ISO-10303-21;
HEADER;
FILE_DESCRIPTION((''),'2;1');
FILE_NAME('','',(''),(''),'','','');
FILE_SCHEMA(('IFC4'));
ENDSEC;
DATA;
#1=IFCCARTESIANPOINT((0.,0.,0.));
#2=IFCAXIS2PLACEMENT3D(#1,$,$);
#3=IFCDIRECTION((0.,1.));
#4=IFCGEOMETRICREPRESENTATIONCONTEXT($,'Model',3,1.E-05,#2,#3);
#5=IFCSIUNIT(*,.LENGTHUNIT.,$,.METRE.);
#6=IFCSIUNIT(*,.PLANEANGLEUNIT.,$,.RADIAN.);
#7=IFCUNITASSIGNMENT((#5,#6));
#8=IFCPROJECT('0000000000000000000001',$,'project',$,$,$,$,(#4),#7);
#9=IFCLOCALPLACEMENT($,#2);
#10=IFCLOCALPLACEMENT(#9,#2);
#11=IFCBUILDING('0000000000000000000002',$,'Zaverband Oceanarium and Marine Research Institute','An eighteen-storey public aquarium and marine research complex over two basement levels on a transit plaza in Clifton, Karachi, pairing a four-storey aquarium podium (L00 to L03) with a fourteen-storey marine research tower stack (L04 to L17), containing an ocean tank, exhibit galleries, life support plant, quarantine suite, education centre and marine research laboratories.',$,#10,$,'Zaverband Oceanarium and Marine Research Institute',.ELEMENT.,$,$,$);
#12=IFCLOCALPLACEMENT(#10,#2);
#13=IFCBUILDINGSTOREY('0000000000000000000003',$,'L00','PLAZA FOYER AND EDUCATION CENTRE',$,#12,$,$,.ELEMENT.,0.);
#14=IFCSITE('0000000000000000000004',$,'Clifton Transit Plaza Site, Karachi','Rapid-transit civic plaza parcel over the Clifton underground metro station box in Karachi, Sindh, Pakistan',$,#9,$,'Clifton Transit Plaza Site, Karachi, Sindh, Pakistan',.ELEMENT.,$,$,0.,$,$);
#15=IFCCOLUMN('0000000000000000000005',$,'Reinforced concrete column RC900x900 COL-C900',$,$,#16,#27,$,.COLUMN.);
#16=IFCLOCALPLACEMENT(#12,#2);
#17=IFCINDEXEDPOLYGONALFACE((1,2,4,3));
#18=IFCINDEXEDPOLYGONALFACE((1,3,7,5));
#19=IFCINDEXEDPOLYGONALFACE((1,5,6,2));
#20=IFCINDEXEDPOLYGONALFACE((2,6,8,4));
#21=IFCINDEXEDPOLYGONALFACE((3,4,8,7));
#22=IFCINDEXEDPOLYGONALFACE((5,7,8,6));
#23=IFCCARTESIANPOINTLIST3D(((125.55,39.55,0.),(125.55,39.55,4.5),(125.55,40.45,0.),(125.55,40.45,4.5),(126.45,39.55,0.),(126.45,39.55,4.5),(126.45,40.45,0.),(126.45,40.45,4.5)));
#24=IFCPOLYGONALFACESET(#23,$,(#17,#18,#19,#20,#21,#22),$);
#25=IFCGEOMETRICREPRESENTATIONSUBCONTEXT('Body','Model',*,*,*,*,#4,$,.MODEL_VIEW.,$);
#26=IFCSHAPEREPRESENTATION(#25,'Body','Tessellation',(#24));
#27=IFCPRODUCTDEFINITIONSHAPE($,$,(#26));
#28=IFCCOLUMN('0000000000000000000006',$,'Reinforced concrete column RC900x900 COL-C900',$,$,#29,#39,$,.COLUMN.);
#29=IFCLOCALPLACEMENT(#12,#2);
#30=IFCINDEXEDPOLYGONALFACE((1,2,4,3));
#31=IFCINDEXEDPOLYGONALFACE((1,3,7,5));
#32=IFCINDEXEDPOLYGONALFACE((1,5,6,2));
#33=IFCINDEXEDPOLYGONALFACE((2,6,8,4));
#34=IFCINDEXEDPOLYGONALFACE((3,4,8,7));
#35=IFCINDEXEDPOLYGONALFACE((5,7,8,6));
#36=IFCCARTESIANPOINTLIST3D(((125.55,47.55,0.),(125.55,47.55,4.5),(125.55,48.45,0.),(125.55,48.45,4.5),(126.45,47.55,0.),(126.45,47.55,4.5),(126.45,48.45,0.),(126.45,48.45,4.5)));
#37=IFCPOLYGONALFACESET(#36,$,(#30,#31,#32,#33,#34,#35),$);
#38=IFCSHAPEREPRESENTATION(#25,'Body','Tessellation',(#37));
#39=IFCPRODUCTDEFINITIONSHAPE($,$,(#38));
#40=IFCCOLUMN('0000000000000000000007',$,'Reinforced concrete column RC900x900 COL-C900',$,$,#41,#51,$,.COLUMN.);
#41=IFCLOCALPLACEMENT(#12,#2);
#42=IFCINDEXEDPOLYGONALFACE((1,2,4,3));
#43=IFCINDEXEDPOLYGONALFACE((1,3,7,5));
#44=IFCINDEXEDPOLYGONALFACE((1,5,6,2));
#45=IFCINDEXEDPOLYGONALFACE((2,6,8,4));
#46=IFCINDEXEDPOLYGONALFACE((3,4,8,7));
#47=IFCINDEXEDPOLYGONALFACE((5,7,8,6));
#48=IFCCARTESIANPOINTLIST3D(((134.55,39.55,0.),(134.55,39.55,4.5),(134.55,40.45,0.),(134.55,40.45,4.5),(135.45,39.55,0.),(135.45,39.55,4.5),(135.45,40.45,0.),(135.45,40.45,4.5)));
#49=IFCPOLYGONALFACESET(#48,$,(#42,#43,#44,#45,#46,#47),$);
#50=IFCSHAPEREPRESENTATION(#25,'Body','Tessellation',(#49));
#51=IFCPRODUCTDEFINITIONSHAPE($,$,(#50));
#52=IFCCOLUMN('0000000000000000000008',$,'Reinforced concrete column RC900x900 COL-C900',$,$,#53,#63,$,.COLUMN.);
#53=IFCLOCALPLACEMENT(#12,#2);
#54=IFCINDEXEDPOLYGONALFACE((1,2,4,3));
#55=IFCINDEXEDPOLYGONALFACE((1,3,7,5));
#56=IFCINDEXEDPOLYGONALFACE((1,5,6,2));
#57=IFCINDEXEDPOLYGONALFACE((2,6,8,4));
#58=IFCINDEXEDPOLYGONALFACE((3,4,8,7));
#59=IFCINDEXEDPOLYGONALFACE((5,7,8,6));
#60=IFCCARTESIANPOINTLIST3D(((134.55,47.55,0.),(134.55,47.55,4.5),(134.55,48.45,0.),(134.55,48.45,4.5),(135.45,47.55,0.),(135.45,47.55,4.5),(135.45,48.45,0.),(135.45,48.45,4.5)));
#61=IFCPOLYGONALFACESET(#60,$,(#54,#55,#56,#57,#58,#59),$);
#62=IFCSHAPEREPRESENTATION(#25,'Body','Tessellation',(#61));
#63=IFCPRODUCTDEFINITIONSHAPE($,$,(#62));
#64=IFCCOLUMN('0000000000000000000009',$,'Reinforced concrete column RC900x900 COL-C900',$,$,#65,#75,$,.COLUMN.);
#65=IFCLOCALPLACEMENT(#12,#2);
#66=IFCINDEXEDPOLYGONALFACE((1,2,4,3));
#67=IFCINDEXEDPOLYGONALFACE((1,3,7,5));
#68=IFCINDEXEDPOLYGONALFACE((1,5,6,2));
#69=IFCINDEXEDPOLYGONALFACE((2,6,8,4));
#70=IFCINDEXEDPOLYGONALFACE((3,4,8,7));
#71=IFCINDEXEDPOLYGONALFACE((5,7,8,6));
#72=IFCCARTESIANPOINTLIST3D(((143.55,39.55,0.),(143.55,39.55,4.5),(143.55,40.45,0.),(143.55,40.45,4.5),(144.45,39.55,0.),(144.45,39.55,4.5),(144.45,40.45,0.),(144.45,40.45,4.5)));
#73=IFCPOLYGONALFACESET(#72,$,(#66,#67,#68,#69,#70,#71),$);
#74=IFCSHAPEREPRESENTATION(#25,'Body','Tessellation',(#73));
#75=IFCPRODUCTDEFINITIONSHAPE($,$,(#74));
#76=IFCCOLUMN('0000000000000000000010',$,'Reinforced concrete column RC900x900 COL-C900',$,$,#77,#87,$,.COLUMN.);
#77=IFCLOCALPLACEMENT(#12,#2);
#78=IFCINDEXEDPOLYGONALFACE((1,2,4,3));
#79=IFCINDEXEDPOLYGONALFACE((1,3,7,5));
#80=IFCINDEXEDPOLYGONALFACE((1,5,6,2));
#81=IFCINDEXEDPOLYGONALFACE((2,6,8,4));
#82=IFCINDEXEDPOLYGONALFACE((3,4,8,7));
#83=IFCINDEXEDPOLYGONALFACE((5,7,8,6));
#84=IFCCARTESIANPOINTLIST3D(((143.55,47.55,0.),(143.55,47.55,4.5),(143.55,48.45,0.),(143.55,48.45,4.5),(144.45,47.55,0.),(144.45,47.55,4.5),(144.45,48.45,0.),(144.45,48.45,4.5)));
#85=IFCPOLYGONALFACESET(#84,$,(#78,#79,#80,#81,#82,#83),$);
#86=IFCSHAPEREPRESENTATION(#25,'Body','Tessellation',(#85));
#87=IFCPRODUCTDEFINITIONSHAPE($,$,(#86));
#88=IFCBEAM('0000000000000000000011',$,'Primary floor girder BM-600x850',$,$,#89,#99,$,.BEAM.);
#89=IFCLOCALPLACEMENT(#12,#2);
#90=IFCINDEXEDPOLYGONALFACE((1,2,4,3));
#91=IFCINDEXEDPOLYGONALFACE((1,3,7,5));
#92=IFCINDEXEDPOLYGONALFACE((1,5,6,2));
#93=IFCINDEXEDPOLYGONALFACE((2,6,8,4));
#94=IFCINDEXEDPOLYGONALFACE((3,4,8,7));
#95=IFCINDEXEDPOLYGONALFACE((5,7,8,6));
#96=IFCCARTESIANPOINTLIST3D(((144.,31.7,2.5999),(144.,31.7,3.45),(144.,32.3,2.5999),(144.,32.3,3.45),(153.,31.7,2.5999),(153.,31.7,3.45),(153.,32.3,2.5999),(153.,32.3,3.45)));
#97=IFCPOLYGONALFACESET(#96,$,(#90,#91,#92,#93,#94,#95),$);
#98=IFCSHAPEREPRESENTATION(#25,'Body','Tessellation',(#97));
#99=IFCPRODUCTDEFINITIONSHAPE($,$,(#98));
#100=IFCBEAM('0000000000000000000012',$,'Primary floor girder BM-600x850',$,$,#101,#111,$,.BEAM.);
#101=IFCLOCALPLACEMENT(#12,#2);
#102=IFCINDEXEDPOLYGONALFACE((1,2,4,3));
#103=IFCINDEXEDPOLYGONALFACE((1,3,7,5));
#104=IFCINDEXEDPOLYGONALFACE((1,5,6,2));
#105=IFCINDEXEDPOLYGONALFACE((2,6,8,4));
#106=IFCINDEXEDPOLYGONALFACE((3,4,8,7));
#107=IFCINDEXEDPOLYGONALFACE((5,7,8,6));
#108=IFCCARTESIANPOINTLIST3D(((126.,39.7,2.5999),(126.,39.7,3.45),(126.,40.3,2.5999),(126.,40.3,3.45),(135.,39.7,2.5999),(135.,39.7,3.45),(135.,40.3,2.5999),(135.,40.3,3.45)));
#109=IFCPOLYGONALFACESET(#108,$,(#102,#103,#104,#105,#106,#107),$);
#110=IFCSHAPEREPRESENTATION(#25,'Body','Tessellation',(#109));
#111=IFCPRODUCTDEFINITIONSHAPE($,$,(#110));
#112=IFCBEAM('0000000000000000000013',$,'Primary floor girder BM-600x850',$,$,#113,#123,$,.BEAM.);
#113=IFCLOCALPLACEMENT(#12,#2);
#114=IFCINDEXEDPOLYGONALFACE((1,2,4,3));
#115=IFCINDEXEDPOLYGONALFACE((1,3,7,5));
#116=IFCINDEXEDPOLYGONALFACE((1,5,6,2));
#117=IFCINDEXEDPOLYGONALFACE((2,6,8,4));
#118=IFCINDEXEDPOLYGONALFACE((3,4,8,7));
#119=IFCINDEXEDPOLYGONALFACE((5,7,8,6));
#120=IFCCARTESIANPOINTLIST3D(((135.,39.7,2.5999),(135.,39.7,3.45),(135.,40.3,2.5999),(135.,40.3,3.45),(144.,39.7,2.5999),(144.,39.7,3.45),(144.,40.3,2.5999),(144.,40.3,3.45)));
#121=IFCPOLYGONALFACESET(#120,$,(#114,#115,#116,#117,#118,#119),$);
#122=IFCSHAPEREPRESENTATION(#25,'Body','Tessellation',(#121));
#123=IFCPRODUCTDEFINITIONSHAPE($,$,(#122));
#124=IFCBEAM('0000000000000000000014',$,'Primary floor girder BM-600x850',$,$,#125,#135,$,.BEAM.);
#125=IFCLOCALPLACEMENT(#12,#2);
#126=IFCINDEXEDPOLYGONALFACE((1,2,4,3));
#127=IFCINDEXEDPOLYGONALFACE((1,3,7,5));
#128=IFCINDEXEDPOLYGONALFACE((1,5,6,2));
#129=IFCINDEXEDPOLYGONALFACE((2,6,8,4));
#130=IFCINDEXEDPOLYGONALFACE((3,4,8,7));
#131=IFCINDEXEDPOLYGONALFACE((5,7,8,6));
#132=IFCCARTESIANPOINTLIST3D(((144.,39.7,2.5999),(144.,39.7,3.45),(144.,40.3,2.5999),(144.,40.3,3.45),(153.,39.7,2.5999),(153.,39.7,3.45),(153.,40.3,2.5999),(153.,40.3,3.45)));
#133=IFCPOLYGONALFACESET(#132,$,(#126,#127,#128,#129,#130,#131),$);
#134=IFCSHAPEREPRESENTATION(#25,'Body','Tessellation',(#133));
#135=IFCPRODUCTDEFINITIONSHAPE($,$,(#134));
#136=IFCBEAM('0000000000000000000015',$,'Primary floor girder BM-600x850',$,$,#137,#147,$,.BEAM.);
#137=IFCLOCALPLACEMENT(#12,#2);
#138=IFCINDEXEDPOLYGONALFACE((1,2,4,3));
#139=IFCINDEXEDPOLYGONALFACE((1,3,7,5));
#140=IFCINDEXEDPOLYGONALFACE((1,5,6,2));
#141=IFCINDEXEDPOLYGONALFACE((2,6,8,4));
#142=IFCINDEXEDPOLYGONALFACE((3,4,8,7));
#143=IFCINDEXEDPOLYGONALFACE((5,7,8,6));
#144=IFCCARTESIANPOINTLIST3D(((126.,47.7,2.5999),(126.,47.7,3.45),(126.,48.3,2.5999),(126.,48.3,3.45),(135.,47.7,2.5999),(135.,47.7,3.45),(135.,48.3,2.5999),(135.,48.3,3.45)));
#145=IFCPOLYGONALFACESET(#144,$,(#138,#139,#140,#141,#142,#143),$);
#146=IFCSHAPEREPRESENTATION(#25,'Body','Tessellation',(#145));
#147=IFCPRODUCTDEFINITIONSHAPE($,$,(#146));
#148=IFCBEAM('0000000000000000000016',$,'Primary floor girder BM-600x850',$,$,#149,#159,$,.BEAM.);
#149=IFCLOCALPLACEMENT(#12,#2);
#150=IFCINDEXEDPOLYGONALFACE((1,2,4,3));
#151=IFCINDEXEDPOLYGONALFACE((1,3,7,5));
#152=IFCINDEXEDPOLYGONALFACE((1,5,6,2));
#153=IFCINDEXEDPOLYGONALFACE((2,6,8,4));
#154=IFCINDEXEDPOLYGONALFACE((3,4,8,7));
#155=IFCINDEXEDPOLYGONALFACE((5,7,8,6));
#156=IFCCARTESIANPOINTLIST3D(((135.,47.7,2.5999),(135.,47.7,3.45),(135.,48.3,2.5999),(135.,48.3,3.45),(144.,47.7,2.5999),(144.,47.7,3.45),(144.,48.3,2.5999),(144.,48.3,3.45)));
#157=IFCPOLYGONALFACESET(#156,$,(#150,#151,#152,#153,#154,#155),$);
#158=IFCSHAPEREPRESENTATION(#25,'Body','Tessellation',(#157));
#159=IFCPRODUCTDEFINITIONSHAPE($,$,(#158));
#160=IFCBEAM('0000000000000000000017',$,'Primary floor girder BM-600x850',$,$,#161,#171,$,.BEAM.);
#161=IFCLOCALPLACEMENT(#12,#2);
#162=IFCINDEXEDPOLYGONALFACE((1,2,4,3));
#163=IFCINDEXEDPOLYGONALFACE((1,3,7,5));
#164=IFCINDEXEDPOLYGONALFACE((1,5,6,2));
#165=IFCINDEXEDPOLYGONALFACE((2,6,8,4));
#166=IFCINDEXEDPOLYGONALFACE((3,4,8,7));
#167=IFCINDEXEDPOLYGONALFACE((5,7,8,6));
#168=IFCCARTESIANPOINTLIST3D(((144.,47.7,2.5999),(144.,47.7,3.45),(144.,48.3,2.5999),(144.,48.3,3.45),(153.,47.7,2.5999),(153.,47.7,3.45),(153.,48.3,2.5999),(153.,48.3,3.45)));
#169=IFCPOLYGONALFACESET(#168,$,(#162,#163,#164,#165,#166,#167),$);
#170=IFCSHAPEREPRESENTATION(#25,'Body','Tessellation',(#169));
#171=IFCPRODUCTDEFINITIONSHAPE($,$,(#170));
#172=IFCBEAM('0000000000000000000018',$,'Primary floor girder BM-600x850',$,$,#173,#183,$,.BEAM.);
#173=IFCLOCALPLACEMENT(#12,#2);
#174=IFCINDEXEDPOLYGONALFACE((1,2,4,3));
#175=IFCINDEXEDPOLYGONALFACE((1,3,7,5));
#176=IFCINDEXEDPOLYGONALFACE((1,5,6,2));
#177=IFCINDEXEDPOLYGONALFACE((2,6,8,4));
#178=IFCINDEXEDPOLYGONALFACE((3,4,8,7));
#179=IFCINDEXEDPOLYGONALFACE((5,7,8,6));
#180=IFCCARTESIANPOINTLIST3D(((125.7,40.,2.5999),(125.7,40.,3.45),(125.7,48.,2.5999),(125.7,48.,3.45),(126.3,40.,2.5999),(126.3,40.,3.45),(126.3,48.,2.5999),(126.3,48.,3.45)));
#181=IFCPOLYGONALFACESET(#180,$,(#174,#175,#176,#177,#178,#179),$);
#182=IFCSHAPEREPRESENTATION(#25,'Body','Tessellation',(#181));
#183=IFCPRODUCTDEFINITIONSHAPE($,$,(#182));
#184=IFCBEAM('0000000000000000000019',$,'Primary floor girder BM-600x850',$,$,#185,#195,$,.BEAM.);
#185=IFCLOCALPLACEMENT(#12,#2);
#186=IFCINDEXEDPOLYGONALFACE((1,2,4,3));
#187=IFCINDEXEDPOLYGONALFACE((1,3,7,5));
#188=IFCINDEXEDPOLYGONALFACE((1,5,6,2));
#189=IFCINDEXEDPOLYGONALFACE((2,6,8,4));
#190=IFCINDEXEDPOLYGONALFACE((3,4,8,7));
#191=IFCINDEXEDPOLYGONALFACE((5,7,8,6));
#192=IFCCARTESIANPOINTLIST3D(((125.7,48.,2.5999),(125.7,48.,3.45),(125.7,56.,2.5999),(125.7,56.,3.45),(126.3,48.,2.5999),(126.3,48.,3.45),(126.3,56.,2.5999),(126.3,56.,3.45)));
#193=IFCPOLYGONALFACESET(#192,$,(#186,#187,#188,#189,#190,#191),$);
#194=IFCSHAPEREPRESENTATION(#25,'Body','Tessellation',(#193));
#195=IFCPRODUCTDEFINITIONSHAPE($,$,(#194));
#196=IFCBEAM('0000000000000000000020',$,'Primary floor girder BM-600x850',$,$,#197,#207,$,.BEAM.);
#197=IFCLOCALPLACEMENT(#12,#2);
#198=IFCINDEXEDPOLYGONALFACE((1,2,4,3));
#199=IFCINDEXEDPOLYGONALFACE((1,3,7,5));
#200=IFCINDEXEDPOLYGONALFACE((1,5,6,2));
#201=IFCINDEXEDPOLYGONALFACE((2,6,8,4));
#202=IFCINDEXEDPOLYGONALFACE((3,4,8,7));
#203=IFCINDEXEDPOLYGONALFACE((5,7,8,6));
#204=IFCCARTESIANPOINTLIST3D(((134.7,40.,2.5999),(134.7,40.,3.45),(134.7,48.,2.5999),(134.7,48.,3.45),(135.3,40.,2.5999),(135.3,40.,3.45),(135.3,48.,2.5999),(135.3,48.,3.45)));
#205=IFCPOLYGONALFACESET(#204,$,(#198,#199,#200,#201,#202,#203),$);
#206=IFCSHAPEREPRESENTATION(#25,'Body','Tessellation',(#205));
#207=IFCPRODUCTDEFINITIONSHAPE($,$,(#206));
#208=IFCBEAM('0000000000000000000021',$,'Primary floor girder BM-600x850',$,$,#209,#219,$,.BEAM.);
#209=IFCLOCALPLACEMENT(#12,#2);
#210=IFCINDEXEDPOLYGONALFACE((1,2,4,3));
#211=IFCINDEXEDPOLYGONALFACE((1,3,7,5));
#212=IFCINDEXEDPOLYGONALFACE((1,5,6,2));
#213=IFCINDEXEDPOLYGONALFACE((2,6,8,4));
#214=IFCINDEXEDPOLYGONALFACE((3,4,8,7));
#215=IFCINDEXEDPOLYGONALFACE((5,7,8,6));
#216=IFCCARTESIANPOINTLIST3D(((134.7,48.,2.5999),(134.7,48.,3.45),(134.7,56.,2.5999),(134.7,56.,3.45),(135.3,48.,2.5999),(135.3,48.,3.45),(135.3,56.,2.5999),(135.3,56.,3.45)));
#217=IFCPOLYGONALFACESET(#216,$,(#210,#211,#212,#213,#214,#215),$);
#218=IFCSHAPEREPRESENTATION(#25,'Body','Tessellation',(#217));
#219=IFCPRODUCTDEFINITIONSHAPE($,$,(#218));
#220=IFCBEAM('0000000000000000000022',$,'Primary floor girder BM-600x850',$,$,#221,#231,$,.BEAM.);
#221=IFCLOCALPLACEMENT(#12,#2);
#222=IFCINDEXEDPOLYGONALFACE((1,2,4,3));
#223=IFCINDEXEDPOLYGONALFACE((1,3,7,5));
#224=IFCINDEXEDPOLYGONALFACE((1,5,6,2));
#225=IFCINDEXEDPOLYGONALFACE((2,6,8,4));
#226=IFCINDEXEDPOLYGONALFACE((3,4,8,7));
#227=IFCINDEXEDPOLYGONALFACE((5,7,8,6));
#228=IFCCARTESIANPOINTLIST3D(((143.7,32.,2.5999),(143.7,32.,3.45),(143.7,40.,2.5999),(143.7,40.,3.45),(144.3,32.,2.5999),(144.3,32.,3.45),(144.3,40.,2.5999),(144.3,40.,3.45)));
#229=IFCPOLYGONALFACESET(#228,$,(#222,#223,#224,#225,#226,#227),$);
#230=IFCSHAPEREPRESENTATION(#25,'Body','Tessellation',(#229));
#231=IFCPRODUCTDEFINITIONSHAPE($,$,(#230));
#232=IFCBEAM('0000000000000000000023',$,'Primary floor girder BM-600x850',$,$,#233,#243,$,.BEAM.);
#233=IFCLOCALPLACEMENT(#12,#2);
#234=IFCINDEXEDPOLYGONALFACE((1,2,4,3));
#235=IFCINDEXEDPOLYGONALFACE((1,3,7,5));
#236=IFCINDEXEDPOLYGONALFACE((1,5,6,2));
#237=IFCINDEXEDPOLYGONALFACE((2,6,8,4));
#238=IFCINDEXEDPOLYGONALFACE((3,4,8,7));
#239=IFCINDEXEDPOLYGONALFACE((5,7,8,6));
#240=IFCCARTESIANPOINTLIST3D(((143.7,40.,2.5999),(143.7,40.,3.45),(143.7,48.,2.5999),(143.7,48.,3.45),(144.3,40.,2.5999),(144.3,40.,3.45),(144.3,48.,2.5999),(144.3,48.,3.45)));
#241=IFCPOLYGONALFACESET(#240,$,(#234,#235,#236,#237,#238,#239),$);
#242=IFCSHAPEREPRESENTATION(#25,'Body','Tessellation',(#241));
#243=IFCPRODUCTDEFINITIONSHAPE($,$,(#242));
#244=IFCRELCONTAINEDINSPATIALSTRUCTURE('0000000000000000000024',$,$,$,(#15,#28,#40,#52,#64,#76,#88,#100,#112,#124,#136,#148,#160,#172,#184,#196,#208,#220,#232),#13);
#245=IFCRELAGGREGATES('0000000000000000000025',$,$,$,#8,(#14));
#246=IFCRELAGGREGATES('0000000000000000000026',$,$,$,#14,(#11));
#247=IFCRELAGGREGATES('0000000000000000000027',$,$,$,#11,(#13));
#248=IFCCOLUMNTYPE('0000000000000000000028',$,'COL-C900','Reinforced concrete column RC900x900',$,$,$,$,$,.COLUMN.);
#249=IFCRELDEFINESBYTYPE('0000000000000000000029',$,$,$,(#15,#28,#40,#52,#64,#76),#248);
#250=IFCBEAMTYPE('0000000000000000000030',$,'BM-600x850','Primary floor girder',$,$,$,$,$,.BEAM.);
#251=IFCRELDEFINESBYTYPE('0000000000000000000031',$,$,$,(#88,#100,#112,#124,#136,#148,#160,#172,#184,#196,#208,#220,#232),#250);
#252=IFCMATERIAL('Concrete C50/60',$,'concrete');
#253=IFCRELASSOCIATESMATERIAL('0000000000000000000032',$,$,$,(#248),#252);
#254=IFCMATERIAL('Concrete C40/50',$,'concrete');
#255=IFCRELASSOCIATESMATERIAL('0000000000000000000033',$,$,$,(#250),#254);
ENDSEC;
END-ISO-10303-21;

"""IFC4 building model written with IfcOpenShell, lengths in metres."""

from ifc_helpers import new_model, si_unit, direction, frame, origin, origin_2d, place, context, subcontext, project, spatial, rectangle, extrude, material, material_profile, profile_set, type_object, element, save


model = new_model("IFC4")

# Units and contexts
model_context = context("Model", 3, precision=1e-05, world=origin(), true_north=direction((0.0, 1.0)))
body_context = subcontext(model_context, "Body", "Model", "MODEL_VIEW")
ifc_project = project(units=[si_unit("LENGTHUNIT", "METRE"), si_unit("PLANEANGLEUNIT", "RADIAN")], contexts=[model_context])

# Site, building, storey
site_placement = place(None, origin())
site = spatial("IfcSite", under=ifc_project, at=site_placement, Name="Clifton Transit Plaza Site, Karachi", Description="Rapid-transit civic plaza parcel over the Clifton underground metro station box in Karachi, Sindh, Pakistan", LongName="Clifton Transit Plaza Site, Karachi, Sindh, Pakistan", CompositionType="ELEMENT", RefElevation=0.0)
building_placement = place(site_placement, origin())
building = spatial("IfcBuilding", under=site, at=building_placement, Name="Zaverband Oceanarium and Marine Research Institute", Description="An eighteen-storey public aquarium and marine research complex over two basement levels on a transit plaza in Clifton, Karachi, pairing a four-storey aquarium podium (L00 to L03) with a fourteen-storey marine research tower stack (L04 to L17), containing an ocean tank, exhibit galleries, life support plant, quarantine suite, education centre and marine research laboratories.", LongName="Zaverband Oceanarium and Marine Research Institute", CompositionType="ELEMENT")
storey_placement = place(building_placement, origin())
storey = spatial("IfcBuildingStorey", under=building, at=storey_placement, Name="L00", Description="PLAZA FOYER AND EDUCATION CENTRE", CompositionType="ELEMENT", Elevation=0.0)

# Columns
ifc_material_1 = material(Name="Concrete C50/60", Category="concrete")
ifc_material_profile_1 = material_profile(ifc_material_1, rectangle(XDim=0.8999, YDim=0.8999, at=origin_2d()), Name="RC900x900")
ifc_profile_set_1 = profile_set([ifc_material_profile_1], Name="Concrete C50/60")
column_type = type_object("IfcColumnType", Name="COL-C900", Description="Reinforced concrete column RC900x900", PredefinedType="COLUMN", material=ifc_profile_set_1)
for number, where, z_axis, x_axis, name in (
    (1, (126.0, 40.0, 0.0), (0.0, 0.0, 1.0), (1.0, 0.0, 0.0), "Reinforced concrete column RC900x900 COL-C900"),
    (2, (126.0, 48.0, 0.0), (0.0, 0.0, 1.0), (1.0, 0.0, 0.0), "Reinforced concrete column RC900x900 COL-C900"),
    (3, (135.0, 40.0, 0.0), (0.0, 0.0, 1.0), (1.0, 0.0, 0.0), "Reinforced concrete column RC900x900 COL-C900"),
    (4, (135.0, 48.0, 0.0), (0.0, 0.0, 1.0), (1.0, 0.0, 0.0), "Reinforced concrete column RC900x900 COL-C900"),
    (5, (144.0, 40.0, 0.0), (0.0, 0.0, 1.0), (1.0, 0.0, 0.0), "Reinforced concrete column RC900x900 COL-C900"),
    (6, (144.0, 48.0, 0.0), (0.0, 0.0, 1.0), (1.0, 0.0, 0.0), "Reinforced concrete column RC900x900 COL-C900"),
):
    element("IfcColumn", number, at=place(storey_placement, frame(where, z_axis=z_axis, x_axis=x_axis)), inside=storey, type_object=column_type, Name=name, PredefinedType="COLUMN", context=body_context, shape_type="SweptSolid", body=[
        extrude(rectangle(XDim=0.8999, YDim=0.8999, at=origin_2d()), origin(), (0.0, 0.0, 1.0), 4.5),
    ])

# Beams
ifc_material_2 = material(Name="Concrete C40/50", Category="concrete")
ifc_material_profile_2 = material_profile(ifc_material_2, rectangle(XDim=0.6001, YDim=0.8501, at=origin_2d()), Name="RC600x850")
ifc_profile_set_2 = profile_set([ifc_material_profile_2], Name="Concrete C40/50")
beam_type_1 = type_object("IfcBeamType", Name="BM-600x850", Description="Primary floor girder", PredefinedType="BEAM", material=ifc_profile_set_2)
for number, where, z_axis, x_axis, name in (
    (7, (144.0, 32.0, 3.0249), (1.0, 0.0, 0.0), (0.0, 1.0, 0.0), "Primary floor girder BM-600x850"),
    (8, (126.0, 40.0, 3.0249), (1.0, 0.0, 0.0), (0.0, 1.0, 0.0), "Primary floor girder BM-600x850"),
    (9, (135.0, 40.0, 3.0249), (1.0, 0.0, 0.0), (0.0, 1.0, 0.0), "Primary floor girder BM-600x850"),
    (10, (144.0, 40.0, 3.0249), (1.0, 0.0, 0.0), (0.0, 1.0, 0.0), "Primary floor girder BM-600x850"),
    (11, (126.0, 48.0, 3.0249), (1.0, 0.0, 0.0), (0.0, 1.0, 0.0), "Primary floor girder BM-600x850"),
    (12, (135.0, 48.0, 3.0249), (1.0, 0.0, 0.0), (0.0, 1.0, 0.0), "Primary floor girder BM-600x850"),
    (13, (144.0, 48.0, 3.0249), (1.0, 0.0, 0.0), (0.0, 1.0, 0.0), "Primary floor girder BM-600x850"),
):
    element("IfcBeam", number, at=place(storey_placement, frame(where, z_axis=z_axis, x_axis=x_axis)), inside=storey, type_object=beam_type_1, Name=name, PredefinedType="BEAM", context=body_context, shape_type="SweptSolid", body=[
        extrude(rectangle(XDim=0.6001, YDim=0.8501, at=origin_2d()), origin(), (0.0, 0.0, 1.0), 9.0),
    ])
for number, where, z_axis, x_axis, name in (
    (14, (126.0, 40.0, 3.0249), (0.0, 1.0, 0.0), (-1.0, 0.0, 0.0), "Primary floor girder BM-600x850"),
    (15, (126.0, 48.0, 3.0249), (0.0, 1.0, 0.0), (-1.0, 0.0, 0.0), "Primary floor girder BM-600x850"),
    (16, (135.0, 40.0, 3.0249), (0.0, 1.0, 0.0), (-1.0, 0.0, 0.0), "Primary floor girder BM-600x850"),
    (17, (135.0, 48.0, 3.0249), (0.0, 1.0, 0.0), (-1.0, 0.0, 0.0), "Primary floor girder BM-600x850"),
    (18, (144.0, 32.0, 3.0249), (0.0, 1.0, 0.0), (-1.0, 0.0, 0.0), "Primary floor girder BM-600x850"),
    (19, (144.0, 40.0, 3.0249), (0.0, 1.0, 0.0), (-1.0, 0.0, 0.0), "Primary floor girder BM-600x850"),
):
    element("IfcBeam", number, at=place(storey_placement, frame(where, z_axis=z_axis, x_axis=x_axis)), inside=storey, type_object=beam_type_1, Name=name, PredefinedType="BEAM", context=body_context, shape_type="SweptSolid", body=[
        extrude(rectangle(XDim=0.6001, YDim=0.8501, at=origin_2d()), origin(), (0.0, 0.0, 1.0), 8.0),
    ])

save(model, "model.ifc")
